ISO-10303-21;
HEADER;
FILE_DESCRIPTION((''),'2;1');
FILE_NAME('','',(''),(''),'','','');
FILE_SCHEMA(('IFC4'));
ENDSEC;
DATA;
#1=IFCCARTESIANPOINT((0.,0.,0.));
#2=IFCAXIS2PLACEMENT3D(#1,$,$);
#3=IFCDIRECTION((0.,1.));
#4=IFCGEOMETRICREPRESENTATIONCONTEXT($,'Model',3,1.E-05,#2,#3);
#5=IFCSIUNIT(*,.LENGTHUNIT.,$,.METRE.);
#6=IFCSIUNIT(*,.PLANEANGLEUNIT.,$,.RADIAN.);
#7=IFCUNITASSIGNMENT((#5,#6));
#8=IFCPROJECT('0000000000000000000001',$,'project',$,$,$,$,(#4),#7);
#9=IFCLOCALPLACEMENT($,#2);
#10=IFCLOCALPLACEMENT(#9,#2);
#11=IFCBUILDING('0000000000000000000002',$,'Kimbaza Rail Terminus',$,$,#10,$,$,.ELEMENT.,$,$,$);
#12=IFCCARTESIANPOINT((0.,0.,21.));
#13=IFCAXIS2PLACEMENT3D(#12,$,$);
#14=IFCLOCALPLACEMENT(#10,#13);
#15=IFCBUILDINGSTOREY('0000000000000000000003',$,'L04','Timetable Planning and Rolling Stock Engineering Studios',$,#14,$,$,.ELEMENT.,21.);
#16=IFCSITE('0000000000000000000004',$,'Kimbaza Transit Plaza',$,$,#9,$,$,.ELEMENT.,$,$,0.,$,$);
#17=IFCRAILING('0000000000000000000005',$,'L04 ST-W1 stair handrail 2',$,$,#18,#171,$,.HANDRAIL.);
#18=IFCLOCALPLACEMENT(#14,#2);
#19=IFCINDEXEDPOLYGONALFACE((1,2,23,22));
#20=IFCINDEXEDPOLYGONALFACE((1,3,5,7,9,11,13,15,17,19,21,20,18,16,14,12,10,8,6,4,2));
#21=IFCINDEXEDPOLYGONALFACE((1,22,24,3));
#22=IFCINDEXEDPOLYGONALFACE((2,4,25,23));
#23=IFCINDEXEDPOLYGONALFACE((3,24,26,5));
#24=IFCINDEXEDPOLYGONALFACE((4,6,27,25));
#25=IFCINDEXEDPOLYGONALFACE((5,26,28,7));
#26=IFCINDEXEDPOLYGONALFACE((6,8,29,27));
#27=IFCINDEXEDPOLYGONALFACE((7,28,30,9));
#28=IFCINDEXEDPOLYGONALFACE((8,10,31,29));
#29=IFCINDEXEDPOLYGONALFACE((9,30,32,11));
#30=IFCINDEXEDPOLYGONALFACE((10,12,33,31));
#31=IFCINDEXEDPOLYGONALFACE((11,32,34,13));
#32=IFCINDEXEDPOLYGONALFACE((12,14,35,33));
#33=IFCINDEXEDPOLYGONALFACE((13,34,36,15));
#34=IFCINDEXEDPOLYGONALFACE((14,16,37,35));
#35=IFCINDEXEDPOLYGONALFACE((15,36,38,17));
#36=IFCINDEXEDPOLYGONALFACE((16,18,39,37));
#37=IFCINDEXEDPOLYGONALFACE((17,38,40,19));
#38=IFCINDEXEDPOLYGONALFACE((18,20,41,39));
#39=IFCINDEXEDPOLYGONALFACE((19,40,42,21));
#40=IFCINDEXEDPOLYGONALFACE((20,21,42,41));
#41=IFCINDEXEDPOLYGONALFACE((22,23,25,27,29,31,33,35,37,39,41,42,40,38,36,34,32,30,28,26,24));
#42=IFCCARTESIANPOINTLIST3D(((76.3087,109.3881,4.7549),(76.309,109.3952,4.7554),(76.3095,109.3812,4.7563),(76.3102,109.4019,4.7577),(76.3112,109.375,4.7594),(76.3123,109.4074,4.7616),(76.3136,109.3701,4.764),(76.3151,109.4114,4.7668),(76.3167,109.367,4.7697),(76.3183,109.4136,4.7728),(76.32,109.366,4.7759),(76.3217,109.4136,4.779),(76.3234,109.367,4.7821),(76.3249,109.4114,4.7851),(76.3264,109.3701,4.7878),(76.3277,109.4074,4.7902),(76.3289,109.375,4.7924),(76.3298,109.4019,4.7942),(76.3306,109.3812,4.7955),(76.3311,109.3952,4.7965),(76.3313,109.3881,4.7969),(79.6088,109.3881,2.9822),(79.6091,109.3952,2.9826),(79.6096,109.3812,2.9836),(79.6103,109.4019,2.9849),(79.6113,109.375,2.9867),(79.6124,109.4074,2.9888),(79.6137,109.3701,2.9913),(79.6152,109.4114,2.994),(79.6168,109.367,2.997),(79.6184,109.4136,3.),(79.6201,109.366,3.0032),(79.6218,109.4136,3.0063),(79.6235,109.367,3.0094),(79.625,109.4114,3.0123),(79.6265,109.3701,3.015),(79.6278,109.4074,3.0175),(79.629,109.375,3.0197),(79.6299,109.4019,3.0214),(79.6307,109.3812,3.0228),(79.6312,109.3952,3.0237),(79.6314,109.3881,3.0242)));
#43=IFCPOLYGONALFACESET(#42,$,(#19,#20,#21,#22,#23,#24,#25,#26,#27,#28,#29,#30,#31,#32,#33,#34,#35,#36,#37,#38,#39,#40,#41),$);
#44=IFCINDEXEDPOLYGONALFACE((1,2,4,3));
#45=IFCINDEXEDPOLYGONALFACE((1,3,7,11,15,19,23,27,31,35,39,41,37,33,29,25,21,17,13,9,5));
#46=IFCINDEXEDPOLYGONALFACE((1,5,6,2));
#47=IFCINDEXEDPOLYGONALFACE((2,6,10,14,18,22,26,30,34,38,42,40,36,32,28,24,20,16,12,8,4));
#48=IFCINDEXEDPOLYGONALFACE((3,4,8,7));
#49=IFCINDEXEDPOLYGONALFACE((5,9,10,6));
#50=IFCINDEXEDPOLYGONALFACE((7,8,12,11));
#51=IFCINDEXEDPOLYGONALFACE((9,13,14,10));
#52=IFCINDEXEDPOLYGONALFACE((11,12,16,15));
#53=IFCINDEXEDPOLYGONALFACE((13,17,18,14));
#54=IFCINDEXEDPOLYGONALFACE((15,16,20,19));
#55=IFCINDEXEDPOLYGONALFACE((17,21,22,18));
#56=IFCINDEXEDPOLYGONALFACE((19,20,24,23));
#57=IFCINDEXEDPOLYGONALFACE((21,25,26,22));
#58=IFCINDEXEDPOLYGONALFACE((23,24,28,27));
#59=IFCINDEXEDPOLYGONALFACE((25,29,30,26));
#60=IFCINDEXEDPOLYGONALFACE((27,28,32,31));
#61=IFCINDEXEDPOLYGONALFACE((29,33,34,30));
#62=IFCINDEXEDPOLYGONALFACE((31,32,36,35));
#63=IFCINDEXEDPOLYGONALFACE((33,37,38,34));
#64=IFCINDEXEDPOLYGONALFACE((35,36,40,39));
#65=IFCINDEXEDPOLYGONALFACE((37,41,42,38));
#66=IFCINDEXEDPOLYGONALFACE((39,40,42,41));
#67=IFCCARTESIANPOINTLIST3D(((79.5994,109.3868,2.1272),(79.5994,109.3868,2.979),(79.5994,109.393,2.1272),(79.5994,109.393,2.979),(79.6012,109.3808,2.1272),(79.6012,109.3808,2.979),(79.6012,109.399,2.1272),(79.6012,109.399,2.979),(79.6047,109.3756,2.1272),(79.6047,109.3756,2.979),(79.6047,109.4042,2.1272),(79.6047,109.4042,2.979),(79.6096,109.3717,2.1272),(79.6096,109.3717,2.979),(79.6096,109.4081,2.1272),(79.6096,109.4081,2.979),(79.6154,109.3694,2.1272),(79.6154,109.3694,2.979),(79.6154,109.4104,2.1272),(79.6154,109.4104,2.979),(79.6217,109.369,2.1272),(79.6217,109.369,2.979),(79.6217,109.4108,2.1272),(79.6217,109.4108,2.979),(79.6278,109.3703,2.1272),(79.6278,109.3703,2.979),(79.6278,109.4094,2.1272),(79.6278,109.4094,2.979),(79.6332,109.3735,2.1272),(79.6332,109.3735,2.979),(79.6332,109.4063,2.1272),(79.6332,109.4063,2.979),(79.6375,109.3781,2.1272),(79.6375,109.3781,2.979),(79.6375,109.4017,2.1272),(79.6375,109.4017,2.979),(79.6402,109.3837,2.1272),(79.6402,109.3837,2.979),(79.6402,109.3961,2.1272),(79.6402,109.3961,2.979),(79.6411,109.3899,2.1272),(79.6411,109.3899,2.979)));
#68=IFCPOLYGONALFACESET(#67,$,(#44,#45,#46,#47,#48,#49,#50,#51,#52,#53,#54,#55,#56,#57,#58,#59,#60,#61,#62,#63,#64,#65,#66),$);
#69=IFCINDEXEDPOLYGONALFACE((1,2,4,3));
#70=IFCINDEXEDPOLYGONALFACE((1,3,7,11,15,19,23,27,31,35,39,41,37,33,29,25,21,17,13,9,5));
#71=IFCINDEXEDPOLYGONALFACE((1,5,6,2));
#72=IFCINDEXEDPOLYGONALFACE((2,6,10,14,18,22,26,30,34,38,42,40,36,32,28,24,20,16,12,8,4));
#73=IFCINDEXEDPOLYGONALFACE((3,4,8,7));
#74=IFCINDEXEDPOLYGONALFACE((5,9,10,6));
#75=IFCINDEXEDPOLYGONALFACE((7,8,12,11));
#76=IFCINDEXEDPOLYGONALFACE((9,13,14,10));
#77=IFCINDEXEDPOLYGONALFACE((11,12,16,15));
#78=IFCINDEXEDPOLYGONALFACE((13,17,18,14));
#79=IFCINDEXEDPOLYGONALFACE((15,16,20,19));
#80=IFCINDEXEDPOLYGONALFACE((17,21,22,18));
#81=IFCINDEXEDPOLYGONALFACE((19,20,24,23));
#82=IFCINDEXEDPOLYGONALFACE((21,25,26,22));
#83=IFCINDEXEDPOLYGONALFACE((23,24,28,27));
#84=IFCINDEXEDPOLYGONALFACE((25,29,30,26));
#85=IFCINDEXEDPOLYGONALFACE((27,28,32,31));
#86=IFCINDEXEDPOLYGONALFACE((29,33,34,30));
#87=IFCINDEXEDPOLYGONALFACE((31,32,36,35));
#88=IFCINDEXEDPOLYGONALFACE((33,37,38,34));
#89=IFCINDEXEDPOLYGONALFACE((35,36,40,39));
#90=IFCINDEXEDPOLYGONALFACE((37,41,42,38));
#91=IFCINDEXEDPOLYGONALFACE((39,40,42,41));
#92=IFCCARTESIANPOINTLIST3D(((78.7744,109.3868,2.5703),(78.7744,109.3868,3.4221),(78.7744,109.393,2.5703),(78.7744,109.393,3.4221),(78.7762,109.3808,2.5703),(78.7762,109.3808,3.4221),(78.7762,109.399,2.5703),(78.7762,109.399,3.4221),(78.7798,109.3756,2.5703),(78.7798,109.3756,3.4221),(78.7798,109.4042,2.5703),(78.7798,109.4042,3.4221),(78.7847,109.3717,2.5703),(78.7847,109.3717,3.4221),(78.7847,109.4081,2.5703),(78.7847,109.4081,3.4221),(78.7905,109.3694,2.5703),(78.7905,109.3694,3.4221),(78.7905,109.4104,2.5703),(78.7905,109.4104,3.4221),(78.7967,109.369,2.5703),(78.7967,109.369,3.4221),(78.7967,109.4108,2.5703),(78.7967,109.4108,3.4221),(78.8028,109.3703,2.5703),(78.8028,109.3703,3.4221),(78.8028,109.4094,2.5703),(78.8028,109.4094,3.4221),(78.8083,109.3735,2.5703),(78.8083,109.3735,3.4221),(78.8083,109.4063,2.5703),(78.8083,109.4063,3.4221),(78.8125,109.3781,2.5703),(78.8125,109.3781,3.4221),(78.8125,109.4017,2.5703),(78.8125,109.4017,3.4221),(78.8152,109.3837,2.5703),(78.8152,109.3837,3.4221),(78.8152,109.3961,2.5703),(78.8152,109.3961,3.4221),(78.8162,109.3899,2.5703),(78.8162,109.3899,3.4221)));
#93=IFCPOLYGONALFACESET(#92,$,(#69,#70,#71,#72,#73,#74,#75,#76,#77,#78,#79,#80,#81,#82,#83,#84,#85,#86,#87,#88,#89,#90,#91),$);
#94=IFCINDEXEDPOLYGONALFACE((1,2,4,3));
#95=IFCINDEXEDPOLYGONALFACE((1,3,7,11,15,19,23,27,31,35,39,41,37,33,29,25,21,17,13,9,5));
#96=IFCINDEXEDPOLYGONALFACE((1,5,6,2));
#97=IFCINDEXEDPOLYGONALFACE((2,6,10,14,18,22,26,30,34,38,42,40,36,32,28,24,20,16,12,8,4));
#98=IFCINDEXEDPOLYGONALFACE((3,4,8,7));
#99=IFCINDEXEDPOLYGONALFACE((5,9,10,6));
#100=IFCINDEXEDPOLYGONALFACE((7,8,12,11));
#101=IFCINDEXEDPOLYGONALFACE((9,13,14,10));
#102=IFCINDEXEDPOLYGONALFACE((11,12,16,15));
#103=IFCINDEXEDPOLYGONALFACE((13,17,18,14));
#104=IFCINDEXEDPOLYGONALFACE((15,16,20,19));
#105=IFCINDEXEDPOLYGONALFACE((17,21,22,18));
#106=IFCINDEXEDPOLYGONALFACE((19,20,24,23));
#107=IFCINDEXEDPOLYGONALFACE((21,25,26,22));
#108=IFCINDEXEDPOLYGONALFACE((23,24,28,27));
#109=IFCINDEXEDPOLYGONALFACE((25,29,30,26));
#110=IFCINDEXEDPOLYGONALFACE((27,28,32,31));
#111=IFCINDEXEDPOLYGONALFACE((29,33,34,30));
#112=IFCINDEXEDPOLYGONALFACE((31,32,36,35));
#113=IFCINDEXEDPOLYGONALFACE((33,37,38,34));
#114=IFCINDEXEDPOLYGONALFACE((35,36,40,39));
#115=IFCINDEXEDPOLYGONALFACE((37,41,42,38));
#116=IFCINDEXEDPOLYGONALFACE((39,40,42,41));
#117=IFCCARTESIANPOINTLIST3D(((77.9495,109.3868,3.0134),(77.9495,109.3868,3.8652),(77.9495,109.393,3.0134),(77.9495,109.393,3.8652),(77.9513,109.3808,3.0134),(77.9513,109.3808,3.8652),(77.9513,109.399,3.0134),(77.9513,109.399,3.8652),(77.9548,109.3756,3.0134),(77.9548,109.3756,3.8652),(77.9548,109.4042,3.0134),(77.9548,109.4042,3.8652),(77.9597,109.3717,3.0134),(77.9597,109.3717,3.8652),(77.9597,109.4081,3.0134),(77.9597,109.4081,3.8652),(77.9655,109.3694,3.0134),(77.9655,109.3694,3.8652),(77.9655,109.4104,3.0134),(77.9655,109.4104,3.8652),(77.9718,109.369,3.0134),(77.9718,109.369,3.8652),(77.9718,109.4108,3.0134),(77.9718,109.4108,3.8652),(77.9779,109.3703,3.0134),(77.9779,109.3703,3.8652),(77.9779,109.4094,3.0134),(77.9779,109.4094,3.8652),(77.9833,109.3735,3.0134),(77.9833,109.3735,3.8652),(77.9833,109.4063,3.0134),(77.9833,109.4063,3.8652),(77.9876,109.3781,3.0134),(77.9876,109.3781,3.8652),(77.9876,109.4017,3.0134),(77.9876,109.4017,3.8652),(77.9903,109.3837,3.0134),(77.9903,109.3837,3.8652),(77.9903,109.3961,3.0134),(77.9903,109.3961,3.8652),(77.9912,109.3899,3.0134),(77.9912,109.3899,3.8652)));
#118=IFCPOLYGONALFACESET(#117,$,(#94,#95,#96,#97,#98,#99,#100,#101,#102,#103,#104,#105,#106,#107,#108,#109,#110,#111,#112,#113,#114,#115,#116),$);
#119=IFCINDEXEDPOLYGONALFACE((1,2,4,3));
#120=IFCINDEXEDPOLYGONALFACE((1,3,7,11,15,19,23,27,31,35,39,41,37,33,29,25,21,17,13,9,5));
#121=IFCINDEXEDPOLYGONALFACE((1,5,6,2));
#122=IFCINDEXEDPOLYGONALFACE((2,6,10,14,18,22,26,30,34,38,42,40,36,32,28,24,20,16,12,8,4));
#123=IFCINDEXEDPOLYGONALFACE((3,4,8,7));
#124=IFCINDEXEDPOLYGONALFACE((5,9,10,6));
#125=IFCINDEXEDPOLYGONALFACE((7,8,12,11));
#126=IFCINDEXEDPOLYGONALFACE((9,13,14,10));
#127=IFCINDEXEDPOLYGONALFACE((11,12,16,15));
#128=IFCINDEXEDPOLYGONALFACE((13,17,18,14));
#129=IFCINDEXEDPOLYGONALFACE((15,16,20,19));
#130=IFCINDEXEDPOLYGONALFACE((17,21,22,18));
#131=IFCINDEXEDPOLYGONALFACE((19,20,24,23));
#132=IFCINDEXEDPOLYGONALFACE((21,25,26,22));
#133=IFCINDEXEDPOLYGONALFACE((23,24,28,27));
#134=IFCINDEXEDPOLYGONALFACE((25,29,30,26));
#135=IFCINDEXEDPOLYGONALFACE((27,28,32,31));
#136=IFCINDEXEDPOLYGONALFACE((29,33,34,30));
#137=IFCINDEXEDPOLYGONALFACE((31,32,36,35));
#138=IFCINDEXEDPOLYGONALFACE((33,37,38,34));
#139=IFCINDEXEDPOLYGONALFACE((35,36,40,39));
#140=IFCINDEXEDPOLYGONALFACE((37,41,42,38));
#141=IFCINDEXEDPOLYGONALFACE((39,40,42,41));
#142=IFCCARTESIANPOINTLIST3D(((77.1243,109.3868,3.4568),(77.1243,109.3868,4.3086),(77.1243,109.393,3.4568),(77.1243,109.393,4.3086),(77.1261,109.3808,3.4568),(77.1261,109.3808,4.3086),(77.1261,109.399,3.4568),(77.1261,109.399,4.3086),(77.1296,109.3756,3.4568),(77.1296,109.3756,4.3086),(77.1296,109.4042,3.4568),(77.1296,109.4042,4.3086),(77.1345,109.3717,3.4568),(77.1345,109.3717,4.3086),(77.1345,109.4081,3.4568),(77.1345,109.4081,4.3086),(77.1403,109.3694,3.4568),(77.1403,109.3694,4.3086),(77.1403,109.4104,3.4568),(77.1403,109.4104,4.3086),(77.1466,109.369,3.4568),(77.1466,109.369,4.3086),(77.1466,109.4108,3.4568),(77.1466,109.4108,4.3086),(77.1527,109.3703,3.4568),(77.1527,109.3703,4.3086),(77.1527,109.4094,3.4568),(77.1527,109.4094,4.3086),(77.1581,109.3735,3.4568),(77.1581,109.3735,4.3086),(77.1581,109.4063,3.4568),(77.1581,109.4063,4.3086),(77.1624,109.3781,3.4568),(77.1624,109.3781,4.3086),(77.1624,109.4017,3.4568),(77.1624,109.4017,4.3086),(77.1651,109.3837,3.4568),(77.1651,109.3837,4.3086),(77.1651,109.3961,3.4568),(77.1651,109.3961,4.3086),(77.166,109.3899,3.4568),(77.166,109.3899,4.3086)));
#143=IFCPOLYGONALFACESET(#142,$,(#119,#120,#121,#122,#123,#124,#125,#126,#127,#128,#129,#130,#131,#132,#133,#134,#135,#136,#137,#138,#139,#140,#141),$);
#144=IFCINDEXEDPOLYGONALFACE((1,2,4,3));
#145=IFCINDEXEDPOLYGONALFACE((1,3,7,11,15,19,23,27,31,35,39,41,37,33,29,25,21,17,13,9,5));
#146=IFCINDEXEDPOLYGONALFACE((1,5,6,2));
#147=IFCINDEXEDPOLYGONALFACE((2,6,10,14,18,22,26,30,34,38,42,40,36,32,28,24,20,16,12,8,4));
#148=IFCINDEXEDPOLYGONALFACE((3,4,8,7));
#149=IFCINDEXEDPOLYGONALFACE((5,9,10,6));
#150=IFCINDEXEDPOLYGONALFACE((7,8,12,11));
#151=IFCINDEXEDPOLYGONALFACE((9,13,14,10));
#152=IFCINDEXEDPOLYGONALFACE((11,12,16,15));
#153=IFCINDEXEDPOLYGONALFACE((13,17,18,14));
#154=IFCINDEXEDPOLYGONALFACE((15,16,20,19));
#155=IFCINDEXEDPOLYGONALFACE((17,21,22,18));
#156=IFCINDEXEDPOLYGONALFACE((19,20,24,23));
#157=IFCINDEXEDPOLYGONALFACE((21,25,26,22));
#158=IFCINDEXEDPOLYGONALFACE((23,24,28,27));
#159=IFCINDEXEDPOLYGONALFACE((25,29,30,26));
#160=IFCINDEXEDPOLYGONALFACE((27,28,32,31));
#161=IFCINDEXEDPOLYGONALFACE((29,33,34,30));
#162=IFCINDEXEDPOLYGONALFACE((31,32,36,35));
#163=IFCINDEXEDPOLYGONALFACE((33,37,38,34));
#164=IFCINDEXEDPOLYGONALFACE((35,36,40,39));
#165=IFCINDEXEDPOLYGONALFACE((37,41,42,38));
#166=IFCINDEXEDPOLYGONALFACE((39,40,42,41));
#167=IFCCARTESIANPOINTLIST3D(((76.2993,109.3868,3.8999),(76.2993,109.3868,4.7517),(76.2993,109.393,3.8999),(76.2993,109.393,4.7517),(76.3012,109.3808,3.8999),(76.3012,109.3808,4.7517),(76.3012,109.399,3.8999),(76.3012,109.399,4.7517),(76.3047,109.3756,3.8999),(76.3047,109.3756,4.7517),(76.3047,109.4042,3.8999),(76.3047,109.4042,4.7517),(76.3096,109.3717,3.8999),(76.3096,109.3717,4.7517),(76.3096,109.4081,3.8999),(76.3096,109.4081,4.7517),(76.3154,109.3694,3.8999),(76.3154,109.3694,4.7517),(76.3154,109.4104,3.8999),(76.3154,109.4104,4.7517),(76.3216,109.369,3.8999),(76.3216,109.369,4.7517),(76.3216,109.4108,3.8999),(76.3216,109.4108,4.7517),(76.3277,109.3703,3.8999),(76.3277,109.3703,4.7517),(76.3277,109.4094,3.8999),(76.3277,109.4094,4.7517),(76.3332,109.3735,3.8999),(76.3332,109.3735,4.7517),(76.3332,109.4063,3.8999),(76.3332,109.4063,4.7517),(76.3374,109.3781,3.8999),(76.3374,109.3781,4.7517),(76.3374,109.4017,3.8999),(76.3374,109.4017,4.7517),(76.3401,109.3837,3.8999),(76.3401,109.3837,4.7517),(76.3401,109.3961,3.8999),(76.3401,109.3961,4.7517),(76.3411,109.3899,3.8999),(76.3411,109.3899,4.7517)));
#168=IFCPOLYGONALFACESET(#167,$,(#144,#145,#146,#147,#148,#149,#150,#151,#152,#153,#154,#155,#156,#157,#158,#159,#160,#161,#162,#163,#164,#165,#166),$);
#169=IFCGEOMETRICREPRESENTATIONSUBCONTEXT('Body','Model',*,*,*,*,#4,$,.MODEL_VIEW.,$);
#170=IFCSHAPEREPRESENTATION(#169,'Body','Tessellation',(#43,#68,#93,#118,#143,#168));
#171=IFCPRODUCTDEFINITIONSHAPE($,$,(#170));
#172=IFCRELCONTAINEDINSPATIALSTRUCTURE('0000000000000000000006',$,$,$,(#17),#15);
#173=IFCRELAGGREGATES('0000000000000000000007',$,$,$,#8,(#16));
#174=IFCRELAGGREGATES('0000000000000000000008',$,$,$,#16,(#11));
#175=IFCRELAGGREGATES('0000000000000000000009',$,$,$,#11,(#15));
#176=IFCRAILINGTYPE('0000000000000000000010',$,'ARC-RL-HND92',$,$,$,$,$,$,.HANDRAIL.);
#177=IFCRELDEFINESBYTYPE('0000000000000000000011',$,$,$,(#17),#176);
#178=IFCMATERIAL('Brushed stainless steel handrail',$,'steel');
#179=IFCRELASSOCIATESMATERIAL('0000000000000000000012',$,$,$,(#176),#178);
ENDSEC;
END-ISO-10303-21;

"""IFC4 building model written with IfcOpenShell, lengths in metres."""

from ifc_helpers import new_model, si_unit, direction, frame, origin, origin_2d, place, context, subcontext, project, spatial, circle, extrude, material, type_object, element, save


model = new_model("IFC4")

# Units and contexts
model_context = context("Model", 3, precision=1e-05, world=origin(), true_north=direction((0.0, 1.0)))
body_context = subcontext(model_context, "Body", "Model", "MODEL_VIEW")
ifc_project = project(units=[si_unit("LENGTHUNIT", "METRE"), si_unit("PLANEANGLEUNIT", "RADIAN")], contexts=[model_context])

# Site, building, storey
site_placement = place(None, origin())
site = spatial("IfcSite", under=ifc_project, at=site_placement, Name="Kimbaza Transit Plaza", CompositionType="ELEMENT", RefElevation=0.0)
building_placement = place(site_placement, origin())
building = spatial("IfcBuilding", under=site, at=building_placement, Name="Kimbaza Rail Terminus", CompositionType="ELEMENT")
storey_placement = place(building_placement, frame((0.0, 0.0, 21.0)))
storey = spatial("IfcBuildingStorey", under=building, at=storey_placement, Name="L04", Description="Timetable Planning and Rolling Stock Engineering Studios", CompositionType="ELEMENT", Elevation=21.0)

# Railing
ifc_material_1 = material(Name="Brushed stainless steel handrail", Category="steel")
railing_type_1 = type_object("IfcRailingType", Name="ARC-RL-HND92", PredefinedType="HANDRAIL", material=ifc_material_1)
railing_1_placement = place(storey_placement, frame((79.6201, 109.3899, 2.1272)))
element("IfcRailing", 1, at=railing_1_placement, inside=storey, type_object=railing_type_1, Name="L04 ST-W1 stair handrail 2", PredefinedType="HANDRAIL", context=body_context, shape_type="SweptSolid", body=[
    extrude(circle(Radius=0.0239, at=origin_2d()), frame((0.0, 0.0, 0.876), z_axis=(-0.880944, 0.0, 0.473221), x_axis=(0.0, -1.0, 0.0)), (0.0, 0.0, 1.0), 3.7461),
    extrude(circle(Radius=0.021, at=origin_2d()), origin(), (0.0, 0.0, 1.0), 0.8518),
    extrude(circle(Radius=0.021, at=origin_2d()), frame((-0.825, 0.0, 0.4431)), (0.0, 0.0, 1.0), 0.8518),
    extrude(circle(Radius=0.021, at=origin_2d()), frame((-1.6499, 0.0, 0.8862)), (0.0, 0.0, 1.0), 0.8518),
    extrude(circle(Radius=0.021, at=origin_2d()), frame((-2.4751, 0.0, 1.3296)), (0.0, 0.0, 1.0), 0.8518),
    extrude(circle(Radius=0.021, at=origin_2d()), frame((-3.3, 0.0, 1.7727)), (0.0, 0.0, 1.0), 0.8518),
])

save(model, "model.ifc")
